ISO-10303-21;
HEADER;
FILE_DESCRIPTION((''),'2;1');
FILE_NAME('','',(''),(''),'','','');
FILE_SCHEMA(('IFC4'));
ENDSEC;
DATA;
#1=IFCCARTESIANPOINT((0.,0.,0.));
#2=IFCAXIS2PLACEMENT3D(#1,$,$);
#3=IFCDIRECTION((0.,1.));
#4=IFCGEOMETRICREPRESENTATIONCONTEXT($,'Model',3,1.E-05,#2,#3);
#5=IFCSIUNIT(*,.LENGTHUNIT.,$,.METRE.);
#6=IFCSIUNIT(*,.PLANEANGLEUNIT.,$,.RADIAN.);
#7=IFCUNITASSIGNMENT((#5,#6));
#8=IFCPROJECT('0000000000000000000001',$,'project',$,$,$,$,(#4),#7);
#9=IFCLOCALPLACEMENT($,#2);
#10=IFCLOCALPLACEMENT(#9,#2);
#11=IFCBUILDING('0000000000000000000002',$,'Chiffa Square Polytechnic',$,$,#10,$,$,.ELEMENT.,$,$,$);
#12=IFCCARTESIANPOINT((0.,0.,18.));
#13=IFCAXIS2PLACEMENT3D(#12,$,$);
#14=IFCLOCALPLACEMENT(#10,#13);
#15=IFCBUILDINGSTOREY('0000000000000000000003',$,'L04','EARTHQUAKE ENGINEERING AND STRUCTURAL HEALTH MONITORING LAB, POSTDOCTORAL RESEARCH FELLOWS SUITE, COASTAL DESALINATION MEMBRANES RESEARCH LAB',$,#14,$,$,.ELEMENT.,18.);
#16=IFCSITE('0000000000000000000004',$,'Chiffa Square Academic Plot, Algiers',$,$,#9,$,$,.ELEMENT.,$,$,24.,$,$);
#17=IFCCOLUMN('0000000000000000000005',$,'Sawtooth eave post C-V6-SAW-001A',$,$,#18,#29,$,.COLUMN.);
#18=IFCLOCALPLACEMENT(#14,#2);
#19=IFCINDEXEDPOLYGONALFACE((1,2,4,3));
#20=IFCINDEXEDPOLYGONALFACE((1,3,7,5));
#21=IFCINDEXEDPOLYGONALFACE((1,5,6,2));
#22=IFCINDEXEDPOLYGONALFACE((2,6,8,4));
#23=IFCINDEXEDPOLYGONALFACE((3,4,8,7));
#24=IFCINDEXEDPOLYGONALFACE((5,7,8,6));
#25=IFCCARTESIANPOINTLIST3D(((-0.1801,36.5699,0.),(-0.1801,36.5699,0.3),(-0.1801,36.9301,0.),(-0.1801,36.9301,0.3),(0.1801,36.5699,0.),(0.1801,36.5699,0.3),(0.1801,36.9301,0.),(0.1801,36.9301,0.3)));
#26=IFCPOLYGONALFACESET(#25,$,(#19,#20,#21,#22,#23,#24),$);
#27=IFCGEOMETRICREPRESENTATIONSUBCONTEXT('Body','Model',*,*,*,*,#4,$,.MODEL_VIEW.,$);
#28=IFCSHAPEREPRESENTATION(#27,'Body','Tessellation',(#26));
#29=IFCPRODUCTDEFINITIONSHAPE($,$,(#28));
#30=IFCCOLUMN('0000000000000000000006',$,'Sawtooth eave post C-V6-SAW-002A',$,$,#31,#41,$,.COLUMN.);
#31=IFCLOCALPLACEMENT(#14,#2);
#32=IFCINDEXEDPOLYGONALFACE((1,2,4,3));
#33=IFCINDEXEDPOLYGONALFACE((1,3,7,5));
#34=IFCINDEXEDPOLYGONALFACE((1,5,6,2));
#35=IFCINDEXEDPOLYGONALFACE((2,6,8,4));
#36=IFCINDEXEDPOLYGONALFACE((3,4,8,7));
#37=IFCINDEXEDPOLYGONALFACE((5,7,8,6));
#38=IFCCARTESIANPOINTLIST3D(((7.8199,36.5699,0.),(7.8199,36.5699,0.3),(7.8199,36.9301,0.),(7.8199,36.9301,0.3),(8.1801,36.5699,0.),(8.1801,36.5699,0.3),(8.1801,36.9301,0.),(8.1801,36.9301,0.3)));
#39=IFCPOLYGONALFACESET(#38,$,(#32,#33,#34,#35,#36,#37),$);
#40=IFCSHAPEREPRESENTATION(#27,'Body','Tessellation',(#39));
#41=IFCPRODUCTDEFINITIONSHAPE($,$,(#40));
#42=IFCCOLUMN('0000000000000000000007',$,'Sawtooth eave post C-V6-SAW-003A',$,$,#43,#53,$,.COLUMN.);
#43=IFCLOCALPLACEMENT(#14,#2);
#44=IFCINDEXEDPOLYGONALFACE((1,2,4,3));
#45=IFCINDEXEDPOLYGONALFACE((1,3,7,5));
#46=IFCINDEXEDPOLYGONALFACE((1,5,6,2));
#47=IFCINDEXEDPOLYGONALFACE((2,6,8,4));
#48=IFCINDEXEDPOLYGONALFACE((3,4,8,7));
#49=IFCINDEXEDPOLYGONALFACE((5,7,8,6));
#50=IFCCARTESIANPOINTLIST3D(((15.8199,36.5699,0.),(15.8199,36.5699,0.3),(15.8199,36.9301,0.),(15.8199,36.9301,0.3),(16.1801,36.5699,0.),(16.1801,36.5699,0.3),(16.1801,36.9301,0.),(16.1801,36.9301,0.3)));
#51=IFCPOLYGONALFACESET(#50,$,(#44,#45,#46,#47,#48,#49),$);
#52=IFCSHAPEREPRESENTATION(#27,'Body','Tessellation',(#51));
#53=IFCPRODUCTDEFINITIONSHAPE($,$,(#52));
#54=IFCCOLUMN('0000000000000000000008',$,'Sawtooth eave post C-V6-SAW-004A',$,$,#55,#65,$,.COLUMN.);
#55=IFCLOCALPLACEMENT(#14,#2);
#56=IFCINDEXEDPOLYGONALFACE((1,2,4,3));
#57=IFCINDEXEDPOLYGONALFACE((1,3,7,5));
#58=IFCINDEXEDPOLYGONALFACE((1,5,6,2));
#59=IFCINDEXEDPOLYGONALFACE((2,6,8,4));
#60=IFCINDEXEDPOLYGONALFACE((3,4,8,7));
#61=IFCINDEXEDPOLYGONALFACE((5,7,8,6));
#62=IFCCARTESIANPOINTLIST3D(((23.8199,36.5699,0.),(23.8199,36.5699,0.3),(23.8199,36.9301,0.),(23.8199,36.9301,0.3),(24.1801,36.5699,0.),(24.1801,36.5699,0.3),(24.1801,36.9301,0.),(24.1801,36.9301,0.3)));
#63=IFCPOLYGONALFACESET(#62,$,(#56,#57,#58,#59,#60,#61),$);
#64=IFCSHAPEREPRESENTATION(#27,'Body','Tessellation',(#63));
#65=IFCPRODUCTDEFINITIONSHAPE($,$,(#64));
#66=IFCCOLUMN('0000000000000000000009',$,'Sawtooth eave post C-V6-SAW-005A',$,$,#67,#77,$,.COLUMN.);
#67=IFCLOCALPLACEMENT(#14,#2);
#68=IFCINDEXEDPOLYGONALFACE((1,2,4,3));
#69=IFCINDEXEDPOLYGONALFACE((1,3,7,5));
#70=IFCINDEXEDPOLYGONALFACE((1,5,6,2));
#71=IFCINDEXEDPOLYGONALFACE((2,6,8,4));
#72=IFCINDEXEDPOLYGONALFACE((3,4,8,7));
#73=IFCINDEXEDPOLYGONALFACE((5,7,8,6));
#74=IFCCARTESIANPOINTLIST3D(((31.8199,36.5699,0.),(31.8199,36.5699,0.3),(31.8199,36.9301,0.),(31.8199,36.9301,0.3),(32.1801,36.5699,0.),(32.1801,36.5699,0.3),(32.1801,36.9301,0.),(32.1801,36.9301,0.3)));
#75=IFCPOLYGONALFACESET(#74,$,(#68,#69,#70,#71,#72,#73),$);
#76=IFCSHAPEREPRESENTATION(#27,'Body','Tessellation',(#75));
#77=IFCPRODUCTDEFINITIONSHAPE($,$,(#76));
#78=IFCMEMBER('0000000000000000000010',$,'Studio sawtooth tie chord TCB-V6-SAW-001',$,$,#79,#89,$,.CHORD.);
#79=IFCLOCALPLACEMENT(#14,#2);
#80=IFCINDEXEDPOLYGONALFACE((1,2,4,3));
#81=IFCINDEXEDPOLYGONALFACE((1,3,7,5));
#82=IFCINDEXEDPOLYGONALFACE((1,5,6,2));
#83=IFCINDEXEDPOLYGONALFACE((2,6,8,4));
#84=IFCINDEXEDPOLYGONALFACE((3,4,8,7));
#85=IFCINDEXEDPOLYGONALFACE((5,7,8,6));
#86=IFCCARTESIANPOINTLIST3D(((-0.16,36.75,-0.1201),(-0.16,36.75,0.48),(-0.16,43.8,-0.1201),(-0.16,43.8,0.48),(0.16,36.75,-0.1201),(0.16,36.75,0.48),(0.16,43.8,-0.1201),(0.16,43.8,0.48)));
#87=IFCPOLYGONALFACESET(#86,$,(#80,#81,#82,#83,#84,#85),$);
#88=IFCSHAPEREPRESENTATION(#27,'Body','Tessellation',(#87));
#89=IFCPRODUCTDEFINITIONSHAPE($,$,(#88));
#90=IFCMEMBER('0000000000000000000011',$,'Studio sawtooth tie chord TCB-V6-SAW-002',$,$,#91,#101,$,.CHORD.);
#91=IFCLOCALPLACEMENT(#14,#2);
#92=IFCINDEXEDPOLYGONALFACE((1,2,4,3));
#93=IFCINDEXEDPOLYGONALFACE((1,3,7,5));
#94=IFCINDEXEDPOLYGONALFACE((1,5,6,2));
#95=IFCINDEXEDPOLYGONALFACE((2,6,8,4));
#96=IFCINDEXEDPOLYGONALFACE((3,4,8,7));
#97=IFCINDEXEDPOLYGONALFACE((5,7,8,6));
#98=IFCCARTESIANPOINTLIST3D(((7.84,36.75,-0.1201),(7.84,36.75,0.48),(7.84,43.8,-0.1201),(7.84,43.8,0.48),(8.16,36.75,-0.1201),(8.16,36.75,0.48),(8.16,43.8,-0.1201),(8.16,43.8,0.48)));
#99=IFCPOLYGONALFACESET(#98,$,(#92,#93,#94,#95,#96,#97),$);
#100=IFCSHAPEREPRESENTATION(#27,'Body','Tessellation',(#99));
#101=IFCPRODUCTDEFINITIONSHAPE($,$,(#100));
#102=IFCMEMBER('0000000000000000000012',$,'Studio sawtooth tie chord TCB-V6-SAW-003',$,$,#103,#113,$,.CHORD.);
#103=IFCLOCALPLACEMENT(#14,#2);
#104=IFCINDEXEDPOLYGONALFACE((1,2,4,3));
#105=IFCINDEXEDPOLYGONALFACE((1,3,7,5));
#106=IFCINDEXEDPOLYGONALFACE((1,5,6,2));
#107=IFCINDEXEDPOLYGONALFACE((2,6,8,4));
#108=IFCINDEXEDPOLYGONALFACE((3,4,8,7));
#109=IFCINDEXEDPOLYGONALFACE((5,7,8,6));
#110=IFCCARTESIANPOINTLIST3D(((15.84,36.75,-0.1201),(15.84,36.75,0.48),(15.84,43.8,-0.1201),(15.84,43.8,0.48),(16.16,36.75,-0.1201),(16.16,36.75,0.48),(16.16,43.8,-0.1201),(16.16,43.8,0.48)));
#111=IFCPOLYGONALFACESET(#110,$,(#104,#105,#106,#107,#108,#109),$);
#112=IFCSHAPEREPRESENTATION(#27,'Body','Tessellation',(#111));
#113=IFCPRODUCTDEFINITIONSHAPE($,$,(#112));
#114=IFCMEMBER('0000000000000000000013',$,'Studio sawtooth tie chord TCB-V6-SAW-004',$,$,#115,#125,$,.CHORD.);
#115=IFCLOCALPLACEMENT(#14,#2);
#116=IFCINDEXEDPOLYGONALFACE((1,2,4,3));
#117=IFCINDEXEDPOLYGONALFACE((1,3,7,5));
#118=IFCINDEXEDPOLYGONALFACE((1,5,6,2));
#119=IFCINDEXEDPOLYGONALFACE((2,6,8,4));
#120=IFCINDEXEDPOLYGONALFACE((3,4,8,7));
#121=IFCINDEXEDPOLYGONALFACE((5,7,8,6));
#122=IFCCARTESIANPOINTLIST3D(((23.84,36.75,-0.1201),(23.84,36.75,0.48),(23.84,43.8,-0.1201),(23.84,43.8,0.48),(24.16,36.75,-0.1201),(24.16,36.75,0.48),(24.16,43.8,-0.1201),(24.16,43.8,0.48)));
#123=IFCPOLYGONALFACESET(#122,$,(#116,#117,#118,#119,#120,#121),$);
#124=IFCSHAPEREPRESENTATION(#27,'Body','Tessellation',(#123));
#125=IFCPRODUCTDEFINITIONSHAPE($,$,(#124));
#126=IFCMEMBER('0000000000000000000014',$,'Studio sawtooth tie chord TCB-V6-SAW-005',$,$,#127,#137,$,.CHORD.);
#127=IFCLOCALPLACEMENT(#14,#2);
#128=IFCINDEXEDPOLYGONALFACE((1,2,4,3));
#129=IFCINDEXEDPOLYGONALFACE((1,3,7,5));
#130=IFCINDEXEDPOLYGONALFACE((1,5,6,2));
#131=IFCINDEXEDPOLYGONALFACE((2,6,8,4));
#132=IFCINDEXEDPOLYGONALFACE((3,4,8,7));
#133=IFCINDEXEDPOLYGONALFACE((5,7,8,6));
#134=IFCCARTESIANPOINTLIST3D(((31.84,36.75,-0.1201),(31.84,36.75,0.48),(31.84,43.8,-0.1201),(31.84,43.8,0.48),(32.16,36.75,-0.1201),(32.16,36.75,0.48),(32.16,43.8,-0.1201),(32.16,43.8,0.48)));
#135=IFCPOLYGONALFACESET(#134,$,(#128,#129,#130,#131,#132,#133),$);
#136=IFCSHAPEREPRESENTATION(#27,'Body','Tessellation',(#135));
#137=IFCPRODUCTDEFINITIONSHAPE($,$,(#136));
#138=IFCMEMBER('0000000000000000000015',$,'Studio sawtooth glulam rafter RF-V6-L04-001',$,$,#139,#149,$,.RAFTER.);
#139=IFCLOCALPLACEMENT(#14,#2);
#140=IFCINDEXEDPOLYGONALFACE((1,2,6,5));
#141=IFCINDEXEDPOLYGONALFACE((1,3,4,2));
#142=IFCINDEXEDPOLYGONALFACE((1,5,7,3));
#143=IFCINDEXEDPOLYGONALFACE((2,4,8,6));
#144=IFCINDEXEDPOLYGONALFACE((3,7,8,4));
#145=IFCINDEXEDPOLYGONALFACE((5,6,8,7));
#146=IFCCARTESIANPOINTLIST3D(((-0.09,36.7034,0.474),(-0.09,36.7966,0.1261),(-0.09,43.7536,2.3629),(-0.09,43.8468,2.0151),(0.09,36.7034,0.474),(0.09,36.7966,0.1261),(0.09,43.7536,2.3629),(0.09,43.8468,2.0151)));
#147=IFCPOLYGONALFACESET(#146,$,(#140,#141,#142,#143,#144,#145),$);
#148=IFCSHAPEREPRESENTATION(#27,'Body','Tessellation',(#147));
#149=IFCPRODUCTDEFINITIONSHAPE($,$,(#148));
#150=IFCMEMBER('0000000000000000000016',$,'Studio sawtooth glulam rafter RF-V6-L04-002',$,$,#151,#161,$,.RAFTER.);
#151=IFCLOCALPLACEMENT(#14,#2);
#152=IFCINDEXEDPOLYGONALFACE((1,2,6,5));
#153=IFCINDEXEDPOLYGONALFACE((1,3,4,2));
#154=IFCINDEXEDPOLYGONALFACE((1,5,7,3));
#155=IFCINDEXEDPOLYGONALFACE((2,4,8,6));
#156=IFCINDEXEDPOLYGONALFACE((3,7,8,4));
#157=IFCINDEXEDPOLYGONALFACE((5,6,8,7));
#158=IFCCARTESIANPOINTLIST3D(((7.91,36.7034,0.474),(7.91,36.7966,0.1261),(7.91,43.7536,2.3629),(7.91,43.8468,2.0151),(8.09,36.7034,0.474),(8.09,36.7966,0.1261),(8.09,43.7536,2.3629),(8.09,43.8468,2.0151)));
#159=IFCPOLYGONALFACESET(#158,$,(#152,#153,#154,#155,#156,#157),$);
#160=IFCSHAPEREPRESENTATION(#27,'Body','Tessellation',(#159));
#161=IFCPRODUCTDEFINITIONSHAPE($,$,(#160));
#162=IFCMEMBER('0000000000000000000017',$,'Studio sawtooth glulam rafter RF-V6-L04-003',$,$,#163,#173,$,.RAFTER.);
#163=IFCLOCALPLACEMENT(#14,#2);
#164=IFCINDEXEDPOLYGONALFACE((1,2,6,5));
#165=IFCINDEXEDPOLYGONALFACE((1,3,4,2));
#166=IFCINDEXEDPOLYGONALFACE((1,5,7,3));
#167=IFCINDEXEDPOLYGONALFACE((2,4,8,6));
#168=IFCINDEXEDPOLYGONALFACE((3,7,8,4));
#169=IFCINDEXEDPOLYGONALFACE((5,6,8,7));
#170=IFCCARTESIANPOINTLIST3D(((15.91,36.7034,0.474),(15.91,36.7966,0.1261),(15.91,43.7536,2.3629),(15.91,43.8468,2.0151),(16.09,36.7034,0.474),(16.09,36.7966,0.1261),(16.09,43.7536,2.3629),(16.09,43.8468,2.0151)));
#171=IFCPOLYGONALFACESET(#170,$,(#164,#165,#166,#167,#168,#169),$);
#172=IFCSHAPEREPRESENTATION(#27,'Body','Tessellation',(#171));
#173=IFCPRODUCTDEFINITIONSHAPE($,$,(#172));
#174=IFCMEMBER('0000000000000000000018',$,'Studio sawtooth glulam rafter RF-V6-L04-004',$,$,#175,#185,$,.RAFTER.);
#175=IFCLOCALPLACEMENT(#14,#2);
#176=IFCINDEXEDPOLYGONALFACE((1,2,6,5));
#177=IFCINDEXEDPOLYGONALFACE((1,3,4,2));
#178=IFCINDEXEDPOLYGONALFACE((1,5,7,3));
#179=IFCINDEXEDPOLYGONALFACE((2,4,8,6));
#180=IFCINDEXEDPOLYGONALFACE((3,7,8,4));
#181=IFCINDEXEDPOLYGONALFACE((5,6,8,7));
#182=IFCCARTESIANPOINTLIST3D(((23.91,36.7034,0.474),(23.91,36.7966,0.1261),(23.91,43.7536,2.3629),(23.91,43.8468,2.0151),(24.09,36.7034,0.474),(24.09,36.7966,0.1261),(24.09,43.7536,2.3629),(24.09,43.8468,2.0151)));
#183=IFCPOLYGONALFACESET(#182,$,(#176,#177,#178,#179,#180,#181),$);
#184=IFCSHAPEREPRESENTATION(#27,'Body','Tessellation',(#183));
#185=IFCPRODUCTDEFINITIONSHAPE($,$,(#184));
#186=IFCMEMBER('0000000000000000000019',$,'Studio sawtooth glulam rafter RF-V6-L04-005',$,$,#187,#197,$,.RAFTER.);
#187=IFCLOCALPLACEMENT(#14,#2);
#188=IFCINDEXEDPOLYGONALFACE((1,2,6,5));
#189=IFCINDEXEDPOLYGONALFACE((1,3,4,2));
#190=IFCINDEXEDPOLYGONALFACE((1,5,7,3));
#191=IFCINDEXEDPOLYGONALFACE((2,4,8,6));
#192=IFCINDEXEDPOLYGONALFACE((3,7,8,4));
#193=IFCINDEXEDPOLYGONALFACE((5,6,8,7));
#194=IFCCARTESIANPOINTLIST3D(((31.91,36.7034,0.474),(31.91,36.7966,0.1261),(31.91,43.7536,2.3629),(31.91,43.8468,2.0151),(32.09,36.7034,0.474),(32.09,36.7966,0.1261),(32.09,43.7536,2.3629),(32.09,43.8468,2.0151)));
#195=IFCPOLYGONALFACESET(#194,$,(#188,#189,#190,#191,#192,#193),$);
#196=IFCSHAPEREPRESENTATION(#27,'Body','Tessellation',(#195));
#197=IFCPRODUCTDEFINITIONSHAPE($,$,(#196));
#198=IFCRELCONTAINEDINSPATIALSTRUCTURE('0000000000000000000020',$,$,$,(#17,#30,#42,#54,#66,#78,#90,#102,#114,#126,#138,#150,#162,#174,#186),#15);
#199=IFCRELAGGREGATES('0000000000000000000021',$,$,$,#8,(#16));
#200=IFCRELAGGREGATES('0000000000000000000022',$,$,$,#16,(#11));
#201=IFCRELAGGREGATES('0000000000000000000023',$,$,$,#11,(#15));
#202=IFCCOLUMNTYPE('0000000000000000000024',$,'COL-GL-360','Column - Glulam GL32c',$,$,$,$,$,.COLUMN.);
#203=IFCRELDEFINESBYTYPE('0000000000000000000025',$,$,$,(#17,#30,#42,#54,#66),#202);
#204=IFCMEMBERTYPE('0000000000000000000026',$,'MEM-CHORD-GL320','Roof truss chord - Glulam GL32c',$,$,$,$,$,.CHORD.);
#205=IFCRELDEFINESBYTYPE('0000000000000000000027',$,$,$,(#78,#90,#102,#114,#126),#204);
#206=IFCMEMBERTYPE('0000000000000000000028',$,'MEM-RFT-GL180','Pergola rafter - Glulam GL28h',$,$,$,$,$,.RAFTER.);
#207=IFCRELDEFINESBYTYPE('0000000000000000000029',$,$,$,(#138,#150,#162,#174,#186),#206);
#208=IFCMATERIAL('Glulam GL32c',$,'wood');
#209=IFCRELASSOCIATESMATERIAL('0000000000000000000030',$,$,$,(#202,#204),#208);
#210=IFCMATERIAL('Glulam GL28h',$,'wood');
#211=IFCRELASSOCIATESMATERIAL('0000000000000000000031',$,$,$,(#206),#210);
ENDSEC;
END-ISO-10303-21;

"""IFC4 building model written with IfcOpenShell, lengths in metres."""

from ifc_helpers import new_model, si_unit, direction, frame, origin, origin_2d, place, context, subcontext, project, spatial, rectangle, extrude, material, material_profile, profile_set, type_object, element, save


model = new_model("IFC4")

# Units and contexts
model_context = context("Model", 3, precision=1e-05, world=origin(), true_north=direction((0.0, 1.0)))
body_context = subcontext(model_context, "Body", "Model", "MODEL_VIEW")
ifc_project = project(units=[si_unit("LENGTHUNIT", "METRE"), si_unit("PLANEANGLEUNIT", "RADIAN")], contexts=[model_context])

# Site, building, storey
site_placement = place(None, origin())
site = spatial("IfcSite", under=ifc_project, at=site_placement, Name="Chiffa Square Academic Plot, Algiers", CompositionType="ELEMENT", RefElevation=24.0)
building_placement = place(site_placement, origin())
building = spatial("IfcBuilding", under=site, at=building_placement, Name="Chiffa Square Polytechnic", CompositionType="ELEMENT")
storey_placement = place(building_placement, frame((0.0, 0.0, 18.0)))
storey = spatial("IfcBuildingStorey", under=building, at=storey_placement, Name="L04", Description="EARTHQUAKE ENGINEERING AND STRUCTURAL HEALTH MONITORING LAB, POSTDOCTORAL RESEARCH FELLOWS SUITE, COASTAL DESALINATION MEMBRANES RESEARCH LAB", CompositionType="ELEMENT", Elevation=18.0)

# Columns
ifc_material_1 = material(Name="Glulam GL32c", Category="wood")
ifc_material_profile_1 = material_profile(ifc_material_1, rectangle(XDim=0.3601, YDim=0.3601, at=origin_2d()), Name="GL32c 360x360")
ifc_profile_set_1 = profile_set([ifc_material_profile_1], Name="Glulam GL32c")
column_type = type_object("IfcColumnType", Name="COL-GL-360", Description="Column - Glulam GL32c", PredefinedType="COLUMN", material=ifc_profile_set_1)
for number, where, z_axis, x_axis, name in (
    (1, (0.0, 36.75, 0.0), (0.0, 0.0, 1.0), (1.0, 0.0, 0.0), "Sawtooth eave post C-V6-SAW-001A"),
    (2, (8.0, 36.75, 0.0), (0.0, 0.0, 1.0), (1.0, 0.0, 0.0), "Sawtooth eave post C-V6-SAW-002A"),
    (3, (16.0, 36.75, 0.0), (0.0, 0.0, 1.0), (1.0, 0.0, 0.0), "Sawtooth eave post C-V6-SAW-003A"),
    (4, (24.0, 36.75, 0.0), (0.0, 0.0, 1.0), (1.0, 0.0, 0.0), "Sawtooth eave post C-V6-SAW-004A"),
    (5, (32.0, 36.75, 0.0), (0.0, 0.0, 1.0), (1.0, 0.0, 0.0), "Sawtooth eave post C-V6-SAW-005A"),
):
    element("IfcColumn", number, at=place(storey_placement, frame(where, z_axis=z_axis, x_axis=x_axis)), inside=storey, type_object=column_type, Name=name, PredefinedType="COLUMN", context=body_context, shape_type="SweptSolid", body=[
        extrude(rectangle(XDim=0.3601, YDim=0.3601, at=origin_2d()), origin(), (0.0, 0.0, 1.0), 0.3),
    ])

# Members
ifc_material_profile_2 = material_profile(ifc_material_1, rectangle(XDim=0.3201, YDim=0.6001, at=origin_2d()), Name="GL32c 320x600")
ifc_profile_set_2 = profile_set([ifc_material_profile_2], Name="Glulam GL32c")
member_type_1 = type_object("IfcMemberType", Name="MEM-CHORD-GL320", Description="Roof truss chord - Glulam GL32c", PredefinedType="CHORD", material=ifc_profile_set_2)
for number, where, z_axis, x_axis, name in (
    (6, (0.0, 36.75, 0.1799), (0.0, 1.0, 0.0), (-1.0, 0.0, 0.0), "Studio sawtooth tie chord TCB-V6-SAW-001"),
    (7, (8.0, 36.75, 0.1799), (0.0, 1.0, 0.0), (-1.0, 0.0, 0.0), "Studio sawtooth tie chord TCB-V6-SAW-002"),
    (8, (16.0, 36.75, 0.1799), (0.0, 1.0, 0.0), (-1.0, 0.0, 0.0), "Studio sawtooth tie chord TCB-V6-SAW-003"),
    (9, (24.0, 36.75, 0.1799), (0.0, 1.0, 0.0), (-1.0, 0.0, 0.0), "Studio sawtooth tie chord TCB-V6-SAW-004"),
    (10, (32.0, 36.75, 0.1799), (0.0, 1.0, 0.0), (-1.0, 0.0, 0.0), "Studio sawtooth tie chord TCB-V6-SAW-005"),
):
    element("IfcMember", number, at=place(storey_placement, frame(where, z_axis=z_axis, x_axis=x_axis)), inside=storey, type_object=member_type_1, Name=name, PredefinedType="CHORD", context=body_context, shape_type="SweptSolid", body=[
        extrude(rectangle(XDim=0.3201, YDim=0.6001, at=origin_2d()), origin(), (0.0, 0.0, 1.0), 7.05),
    ])
ifc_material_2 = material(Name="Glulam GL28h", Category="wood")
ifc_material_profile_3 = material_profile(ifc_material_2, rectangle(XDim=0.1799, YDim=0.3601, at=origin_2d()), Name="GL28h 180x360")
ifc_profile_set_3 = profile_set([ifc_material_profile_3], Name="Glulam GL28h")
member_type_2 = type_object("IfcMemberType", Name="MEM-RFT-GL180", Description="Pergola rafter - Glulam GL28h", PredefinedType="RAFTER", material=ifc_profile_set_3)
for number, where, z_axis, x_axis, name in (
    (11, (0.0, 36.75, 0.3), (0.0, 0.965931, 0.258801), (-1.0, 0.0, 0.0), "Studio sawtooth glulam rafter RF-V6-L04-001"),
    (12, (8.0, 36.75, 0.3), (0.0, 0.965931, 0.258801), (-1.0, 0.0, 0.0), "Studio sawtooth glulam rafter RF-V6-L04-002"),
    (13, (16.0, 36.75, 0.3), (0.0, 0.965931, 0.258801), (-1.0, 0.0, 0.0), "Studio sawtooth glulam rafter RF-V6-L04-003"),
    (14, (24.0, 36.75, 0.3), (0.0, 0.965931, 0.258801), (-1.0, 0.0, 0.0), "Studio sawtooth glulam rafter RF-V6-L04-004"),
    (15, (32.0, 36.75, 0.3), (0.0, 0.965931, 0.258801), (-1.0, 0.0, 0.0), "Studio sawtooth glulam rafter RF-V6-L04-005"),
):
    element("IfcMember", number, at=place(storey_placement, frame(where, z_axis=z_axis, x_axis=x_axis)), inside=storey, type_object=member_type_2, Name=name, PredefinedType="RAFTER", context=body_context, shape_type="SweptSolid", body=[
        extrude(rectangle(XDim=0.1799, YDim=0.3601, at=origin_2d()), origin(), (0.0, 0.0, 1.0), 7.2988),
    ])

save(model, "model.ifc")
